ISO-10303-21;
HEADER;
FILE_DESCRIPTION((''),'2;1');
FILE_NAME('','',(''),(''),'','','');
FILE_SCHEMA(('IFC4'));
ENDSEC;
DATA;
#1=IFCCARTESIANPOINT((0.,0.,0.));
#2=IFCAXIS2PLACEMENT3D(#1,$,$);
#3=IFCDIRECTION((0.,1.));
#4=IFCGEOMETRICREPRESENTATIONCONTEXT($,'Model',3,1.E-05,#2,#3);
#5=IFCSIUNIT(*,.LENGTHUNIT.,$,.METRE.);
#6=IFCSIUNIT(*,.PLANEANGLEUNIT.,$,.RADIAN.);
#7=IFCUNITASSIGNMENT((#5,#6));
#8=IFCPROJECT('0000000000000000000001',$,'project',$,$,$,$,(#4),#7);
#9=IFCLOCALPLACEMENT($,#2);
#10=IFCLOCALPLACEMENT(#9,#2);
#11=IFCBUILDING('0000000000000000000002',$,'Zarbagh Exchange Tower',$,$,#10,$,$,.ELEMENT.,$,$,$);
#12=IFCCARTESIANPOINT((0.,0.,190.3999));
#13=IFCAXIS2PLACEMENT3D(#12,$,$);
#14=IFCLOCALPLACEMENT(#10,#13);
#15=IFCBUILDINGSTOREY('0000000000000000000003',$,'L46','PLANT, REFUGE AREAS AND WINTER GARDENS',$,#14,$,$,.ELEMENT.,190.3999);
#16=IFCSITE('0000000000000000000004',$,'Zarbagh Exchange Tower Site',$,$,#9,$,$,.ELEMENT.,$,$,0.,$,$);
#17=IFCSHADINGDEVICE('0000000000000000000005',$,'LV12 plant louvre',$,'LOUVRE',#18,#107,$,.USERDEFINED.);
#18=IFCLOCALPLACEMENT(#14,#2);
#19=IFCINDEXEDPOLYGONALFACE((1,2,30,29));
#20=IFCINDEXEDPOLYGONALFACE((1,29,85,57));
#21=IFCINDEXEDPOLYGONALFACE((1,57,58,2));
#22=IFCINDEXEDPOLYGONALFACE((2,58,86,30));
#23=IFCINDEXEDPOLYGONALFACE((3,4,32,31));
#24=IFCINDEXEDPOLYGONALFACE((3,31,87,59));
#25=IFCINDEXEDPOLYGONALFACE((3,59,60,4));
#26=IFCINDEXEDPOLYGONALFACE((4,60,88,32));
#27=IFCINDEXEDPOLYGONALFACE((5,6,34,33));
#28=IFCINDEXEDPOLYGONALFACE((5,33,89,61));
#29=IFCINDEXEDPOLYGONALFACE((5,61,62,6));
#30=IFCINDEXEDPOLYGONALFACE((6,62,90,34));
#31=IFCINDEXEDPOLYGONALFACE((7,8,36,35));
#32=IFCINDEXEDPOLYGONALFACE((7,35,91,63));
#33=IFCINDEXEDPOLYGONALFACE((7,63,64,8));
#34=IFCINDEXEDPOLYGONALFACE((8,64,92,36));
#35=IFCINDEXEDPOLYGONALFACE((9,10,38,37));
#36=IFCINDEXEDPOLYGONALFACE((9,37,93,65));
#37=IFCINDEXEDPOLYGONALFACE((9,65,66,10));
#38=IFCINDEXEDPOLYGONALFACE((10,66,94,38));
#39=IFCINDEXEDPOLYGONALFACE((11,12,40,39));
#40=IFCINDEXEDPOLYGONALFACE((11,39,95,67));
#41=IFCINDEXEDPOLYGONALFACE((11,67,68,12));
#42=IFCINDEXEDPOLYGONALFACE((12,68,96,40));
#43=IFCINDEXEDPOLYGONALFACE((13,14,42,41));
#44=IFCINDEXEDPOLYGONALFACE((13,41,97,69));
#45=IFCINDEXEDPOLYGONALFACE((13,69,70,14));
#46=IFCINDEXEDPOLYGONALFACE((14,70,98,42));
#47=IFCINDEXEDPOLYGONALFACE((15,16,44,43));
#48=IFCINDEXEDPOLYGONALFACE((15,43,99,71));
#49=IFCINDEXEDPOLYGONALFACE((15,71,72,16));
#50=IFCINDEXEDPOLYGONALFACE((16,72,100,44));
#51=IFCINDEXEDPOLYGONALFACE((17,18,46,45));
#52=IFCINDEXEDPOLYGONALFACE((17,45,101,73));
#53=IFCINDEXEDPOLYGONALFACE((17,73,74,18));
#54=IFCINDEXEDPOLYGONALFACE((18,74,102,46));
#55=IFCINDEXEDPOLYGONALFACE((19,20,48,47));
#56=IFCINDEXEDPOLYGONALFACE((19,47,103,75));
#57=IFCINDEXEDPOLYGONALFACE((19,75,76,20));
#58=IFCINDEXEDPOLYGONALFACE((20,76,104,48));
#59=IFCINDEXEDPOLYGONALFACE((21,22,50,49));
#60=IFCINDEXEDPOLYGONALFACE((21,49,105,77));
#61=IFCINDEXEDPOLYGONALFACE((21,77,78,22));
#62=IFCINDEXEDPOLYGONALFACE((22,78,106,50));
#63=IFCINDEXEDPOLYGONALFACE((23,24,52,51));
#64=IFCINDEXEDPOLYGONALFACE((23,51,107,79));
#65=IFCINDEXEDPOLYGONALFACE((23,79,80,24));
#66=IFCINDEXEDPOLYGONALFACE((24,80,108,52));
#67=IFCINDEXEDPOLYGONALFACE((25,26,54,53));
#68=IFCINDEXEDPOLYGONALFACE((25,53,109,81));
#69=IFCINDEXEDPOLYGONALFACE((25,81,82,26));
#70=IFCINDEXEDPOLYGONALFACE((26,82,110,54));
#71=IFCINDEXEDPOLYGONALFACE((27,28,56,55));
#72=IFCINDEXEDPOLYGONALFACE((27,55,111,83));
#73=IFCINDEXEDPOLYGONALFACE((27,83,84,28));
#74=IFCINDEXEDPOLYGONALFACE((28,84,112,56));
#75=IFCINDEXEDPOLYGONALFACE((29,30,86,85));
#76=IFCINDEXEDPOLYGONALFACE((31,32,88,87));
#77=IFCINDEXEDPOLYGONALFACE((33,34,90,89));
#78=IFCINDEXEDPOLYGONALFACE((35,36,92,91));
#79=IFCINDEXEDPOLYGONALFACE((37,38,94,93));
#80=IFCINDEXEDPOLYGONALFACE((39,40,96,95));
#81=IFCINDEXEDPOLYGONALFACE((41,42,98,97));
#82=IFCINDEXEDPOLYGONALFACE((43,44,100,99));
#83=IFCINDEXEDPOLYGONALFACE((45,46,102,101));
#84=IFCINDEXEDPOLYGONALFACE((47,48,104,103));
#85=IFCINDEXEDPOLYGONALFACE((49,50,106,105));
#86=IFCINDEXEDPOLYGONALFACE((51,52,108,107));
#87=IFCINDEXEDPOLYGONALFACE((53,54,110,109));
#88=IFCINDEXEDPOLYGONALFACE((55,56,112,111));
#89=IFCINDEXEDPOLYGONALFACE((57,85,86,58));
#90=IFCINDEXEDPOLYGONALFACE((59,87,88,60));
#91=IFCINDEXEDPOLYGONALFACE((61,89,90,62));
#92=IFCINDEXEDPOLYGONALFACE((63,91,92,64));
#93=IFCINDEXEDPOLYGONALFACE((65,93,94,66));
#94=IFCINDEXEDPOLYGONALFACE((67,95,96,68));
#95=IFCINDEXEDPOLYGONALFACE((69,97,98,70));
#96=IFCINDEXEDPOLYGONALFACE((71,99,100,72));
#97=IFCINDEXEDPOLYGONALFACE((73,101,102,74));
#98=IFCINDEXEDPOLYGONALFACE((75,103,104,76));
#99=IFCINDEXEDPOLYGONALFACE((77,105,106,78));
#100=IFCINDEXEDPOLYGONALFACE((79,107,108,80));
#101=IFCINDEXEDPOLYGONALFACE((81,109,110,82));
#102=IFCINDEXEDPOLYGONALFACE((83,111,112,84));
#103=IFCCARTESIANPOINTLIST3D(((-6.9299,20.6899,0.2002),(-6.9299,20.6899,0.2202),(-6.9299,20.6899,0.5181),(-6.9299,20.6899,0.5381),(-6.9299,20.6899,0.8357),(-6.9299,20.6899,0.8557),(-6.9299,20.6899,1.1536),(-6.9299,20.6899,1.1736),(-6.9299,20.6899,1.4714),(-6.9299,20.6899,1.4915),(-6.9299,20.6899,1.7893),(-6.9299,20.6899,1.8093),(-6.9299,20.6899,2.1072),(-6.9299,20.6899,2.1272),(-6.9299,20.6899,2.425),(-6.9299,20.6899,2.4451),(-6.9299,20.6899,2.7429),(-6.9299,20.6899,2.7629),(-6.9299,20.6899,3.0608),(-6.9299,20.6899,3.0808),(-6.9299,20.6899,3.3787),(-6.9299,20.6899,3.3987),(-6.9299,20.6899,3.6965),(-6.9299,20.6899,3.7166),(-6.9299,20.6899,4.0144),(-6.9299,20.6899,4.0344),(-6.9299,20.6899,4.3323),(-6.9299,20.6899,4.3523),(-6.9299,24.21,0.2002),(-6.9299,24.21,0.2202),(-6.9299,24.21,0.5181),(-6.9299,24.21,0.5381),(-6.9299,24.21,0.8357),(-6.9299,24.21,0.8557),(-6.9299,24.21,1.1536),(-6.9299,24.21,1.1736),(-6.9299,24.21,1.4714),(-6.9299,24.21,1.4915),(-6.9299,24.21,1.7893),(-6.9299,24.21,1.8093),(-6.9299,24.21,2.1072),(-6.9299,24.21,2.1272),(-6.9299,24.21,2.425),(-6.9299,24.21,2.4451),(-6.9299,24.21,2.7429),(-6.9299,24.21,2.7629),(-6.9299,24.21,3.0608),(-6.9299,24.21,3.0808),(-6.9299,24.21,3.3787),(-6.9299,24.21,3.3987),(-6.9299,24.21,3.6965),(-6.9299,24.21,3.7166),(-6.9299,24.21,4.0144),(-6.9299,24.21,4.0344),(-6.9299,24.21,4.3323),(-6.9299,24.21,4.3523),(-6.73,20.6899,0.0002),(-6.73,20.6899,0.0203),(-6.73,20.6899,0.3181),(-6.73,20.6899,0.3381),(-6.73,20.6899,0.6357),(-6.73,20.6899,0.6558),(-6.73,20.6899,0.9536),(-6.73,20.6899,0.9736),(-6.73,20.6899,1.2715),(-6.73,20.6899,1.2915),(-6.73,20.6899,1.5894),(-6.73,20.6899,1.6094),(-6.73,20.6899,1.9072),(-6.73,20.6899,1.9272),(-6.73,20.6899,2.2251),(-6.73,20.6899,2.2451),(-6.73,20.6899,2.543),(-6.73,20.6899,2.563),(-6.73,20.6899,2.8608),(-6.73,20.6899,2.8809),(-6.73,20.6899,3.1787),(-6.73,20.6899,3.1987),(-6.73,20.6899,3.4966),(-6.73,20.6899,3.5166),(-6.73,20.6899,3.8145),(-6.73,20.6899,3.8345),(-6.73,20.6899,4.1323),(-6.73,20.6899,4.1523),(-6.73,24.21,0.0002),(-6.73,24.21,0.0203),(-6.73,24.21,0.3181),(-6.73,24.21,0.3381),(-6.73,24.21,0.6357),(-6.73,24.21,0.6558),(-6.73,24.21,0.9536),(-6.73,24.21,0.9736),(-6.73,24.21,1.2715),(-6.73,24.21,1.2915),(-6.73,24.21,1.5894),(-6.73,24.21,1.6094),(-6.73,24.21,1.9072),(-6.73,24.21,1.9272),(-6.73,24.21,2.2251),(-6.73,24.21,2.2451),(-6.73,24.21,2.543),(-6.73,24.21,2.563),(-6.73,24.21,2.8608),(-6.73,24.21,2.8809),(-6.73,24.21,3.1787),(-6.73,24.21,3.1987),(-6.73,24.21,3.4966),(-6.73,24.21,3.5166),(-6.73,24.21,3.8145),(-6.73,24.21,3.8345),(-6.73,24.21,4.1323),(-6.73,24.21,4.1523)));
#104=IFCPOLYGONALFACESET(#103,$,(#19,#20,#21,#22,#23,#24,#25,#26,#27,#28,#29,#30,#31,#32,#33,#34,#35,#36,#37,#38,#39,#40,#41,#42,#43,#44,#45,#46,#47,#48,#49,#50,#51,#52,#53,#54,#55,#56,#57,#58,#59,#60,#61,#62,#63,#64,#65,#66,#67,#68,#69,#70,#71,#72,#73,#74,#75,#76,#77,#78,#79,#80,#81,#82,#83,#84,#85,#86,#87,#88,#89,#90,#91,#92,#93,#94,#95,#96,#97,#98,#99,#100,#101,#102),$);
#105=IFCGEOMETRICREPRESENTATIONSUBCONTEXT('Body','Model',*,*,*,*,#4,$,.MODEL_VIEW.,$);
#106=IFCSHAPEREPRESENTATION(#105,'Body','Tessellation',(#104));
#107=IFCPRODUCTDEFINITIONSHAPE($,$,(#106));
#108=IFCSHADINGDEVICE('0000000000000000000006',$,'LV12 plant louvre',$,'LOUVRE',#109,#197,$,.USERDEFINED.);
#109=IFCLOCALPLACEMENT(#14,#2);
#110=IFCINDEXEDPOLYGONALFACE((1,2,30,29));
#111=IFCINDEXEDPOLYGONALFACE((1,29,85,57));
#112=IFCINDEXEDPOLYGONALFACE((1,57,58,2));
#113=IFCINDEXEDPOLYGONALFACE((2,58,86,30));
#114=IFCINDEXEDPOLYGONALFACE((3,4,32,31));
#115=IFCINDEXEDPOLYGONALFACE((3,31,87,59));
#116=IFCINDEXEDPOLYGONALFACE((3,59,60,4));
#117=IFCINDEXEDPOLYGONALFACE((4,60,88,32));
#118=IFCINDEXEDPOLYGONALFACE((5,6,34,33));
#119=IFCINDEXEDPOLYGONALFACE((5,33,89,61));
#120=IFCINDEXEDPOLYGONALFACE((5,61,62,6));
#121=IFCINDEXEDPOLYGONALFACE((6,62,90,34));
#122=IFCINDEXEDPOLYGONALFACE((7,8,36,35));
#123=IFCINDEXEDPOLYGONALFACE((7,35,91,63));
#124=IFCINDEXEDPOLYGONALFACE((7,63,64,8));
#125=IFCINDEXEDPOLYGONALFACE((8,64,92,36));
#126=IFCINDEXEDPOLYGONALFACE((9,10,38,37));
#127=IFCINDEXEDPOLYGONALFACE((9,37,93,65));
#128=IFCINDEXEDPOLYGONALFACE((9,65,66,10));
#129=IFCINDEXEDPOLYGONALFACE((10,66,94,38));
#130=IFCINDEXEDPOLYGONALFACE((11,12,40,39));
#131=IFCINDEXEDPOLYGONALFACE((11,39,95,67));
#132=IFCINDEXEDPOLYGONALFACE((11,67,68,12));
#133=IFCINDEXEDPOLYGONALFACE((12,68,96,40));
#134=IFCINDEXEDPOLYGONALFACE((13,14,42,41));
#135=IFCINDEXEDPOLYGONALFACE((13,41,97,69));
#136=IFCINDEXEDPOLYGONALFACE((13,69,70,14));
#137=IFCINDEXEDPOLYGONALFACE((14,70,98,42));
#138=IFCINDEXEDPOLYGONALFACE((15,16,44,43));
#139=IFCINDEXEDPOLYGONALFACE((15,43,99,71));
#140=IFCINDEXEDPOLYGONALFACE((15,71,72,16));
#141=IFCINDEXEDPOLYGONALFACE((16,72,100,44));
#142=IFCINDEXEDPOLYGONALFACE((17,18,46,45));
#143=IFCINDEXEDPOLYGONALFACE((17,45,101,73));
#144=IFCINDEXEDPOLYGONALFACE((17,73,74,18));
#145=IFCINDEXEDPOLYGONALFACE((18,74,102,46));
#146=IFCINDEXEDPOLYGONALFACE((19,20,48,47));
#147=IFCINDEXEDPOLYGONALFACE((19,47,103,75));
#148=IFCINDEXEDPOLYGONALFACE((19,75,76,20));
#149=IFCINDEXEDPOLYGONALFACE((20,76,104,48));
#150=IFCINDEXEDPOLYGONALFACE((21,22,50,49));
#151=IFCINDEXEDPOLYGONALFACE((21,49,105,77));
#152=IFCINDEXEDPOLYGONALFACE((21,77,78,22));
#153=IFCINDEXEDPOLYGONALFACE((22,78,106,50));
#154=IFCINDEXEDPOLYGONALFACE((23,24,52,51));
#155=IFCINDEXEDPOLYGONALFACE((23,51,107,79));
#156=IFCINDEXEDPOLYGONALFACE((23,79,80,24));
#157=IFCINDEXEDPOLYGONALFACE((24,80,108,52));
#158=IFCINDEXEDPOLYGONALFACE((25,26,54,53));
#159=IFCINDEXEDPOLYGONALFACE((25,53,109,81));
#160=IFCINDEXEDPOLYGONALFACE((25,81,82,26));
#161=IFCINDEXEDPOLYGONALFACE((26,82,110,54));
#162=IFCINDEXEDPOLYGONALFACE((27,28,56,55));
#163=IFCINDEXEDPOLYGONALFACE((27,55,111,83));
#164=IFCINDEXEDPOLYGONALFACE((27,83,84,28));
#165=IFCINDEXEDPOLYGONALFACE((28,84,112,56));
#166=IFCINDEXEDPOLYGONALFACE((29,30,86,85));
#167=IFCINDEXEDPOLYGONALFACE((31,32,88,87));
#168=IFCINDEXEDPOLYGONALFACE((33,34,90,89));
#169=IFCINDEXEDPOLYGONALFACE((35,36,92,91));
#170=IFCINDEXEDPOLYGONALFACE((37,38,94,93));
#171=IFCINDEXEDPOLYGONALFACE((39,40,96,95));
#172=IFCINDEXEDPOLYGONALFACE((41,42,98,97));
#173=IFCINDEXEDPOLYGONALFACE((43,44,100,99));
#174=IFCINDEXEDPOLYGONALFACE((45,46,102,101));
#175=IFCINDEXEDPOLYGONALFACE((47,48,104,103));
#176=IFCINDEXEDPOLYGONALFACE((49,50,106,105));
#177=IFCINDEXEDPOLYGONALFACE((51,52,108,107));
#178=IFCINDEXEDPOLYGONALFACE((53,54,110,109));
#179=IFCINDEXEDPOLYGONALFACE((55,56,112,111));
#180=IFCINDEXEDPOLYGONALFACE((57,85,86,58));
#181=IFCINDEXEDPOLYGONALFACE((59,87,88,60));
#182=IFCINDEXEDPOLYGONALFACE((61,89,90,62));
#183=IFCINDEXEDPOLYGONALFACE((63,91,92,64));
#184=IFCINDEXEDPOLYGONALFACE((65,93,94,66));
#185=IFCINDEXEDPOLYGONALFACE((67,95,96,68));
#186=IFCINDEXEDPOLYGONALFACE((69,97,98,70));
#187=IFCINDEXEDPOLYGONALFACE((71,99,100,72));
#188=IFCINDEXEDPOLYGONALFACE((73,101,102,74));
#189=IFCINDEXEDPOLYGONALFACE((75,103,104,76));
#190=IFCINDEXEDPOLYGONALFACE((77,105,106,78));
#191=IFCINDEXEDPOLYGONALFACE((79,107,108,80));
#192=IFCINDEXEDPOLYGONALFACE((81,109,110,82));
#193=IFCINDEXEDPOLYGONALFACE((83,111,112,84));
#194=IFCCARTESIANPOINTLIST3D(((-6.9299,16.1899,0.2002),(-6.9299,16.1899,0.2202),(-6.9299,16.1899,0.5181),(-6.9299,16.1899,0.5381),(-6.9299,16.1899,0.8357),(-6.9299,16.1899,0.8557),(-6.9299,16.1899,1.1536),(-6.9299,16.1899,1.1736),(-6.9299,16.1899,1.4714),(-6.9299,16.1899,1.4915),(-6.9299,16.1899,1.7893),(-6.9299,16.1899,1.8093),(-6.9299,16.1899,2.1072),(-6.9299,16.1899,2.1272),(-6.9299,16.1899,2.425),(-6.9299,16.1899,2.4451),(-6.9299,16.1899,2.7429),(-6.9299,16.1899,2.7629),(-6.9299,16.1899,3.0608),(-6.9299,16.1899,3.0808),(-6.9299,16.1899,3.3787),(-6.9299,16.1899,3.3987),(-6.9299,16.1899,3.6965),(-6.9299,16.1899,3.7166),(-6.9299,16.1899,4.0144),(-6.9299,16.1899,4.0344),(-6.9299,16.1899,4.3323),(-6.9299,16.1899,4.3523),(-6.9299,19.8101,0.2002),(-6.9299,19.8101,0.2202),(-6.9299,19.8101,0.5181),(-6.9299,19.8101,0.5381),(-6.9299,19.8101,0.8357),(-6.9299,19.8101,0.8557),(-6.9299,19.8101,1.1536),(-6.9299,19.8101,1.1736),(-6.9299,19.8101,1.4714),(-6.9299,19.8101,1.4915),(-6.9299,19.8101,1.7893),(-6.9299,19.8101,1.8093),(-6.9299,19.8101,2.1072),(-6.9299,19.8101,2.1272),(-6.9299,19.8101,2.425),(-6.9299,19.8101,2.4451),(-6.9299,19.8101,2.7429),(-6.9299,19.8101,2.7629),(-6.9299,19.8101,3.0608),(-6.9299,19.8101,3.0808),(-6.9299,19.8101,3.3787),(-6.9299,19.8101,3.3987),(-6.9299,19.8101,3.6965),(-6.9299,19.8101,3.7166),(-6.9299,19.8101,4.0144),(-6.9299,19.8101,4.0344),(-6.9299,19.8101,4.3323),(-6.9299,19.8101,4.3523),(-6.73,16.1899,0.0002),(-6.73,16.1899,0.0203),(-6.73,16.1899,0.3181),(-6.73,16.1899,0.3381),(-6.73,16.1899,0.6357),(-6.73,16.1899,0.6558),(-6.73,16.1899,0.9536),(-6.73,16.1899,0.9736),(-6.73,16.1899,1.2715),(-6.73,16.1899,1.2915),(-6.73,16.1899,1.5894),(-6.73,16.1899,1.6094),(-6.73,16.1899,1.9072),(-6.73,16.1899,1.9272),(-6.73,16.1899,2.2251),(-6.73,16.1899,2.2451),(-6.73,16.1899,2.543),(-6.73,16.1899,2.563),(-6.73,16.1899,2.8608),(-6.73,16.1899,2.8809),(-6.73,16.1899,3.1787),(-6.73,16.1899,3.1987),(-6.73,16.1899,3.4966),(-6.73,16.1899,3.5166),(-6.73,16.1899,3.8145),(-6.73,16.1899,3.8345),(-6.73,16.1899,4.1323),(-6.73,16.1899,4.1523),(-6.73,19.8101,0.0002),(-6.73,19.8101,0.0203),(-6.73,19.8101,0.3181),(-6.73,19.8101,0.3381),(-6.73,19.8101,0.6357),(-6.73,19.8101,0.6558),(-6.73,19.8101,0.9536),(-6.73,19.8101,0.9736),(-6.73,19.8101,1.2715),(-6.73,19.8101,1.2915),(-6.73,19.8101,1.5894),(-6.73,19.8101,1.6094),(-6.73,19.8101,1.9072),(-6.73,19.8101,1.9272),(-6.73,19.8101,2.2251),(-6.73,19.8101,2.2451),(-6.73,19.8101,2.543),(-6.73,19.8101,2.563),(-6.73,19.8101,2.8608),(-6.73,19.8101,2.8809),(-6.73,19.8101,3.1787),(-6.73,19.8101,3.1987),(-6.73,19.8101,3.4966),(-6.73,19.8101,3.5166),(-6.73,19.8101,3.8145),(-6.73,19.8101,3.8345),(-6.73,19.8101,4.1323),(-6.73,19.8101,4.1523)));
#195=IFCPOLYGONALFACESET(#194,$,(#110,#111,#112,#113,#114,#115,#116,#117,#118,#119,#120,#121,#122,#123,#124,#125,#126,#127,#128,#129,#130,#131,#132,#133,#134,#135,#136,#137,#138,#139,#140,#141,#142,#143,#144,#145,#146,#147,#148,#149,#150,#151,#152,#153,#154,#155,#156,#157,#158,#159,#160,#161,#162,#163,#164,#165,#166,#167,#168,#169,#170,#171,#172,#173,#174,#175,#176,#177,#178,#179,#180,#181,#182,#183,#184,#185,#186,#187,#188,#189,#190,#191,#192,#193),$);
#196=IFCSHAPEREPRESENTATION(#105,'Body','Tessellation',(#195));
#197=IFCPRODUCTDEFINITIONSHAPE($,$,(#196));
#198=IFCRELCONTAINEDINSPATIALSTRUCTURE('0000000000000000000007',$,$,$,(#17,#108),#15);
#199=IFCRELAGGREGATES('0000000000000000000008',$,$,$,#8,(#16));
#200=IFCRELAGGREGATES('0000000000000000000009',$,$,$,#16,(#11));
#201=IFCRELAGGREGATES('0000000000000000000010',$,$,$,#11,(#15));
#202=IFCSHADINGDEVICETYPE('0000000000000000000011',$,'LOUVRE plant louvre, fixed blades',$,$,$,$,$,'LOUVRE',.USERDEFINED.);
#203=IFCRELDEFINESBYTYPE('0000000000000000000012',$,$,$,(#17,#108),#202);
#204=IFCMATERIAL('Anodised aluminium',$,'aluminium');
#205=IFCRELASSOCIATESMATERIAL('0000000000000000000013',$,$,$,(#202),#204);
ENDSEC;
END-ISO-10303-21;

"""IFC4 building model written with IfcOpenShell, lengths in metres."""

from ifc_helpers import new_model, si_unit, direction, frame, origin, place, context, subcontext, project, spatial, polyline, outline, extrude, source, transform, mapped, material, type_object, element, save


model = new_model("IFC4")

# Units and contexts
model_context = context("Model", 3, precision=1e-05, world=origin(), true_north=direction((0.0, 1.0)))
body_context = subcontext(model_context, "Body", "Model", "MODEL_VIEW")
ifc_project = project(units=[si_unit("LENGTHUNIT", "METRE"), si_unit("PLANEANGLEUNIT", "RADIAN")], contexts=[model_context])

# Site, building, storey
site_placement = place(None, origin())
site = spatial("IfcSite", under=ifc_project, at=site_placement, Name="Zarbagh Exchange Tower Site", CompositionType="ELEMENT", RefElevation=0.0)
building_placement = place(site_placement, origin())
building = spatial("IfcBuilding", under=site, at=building_placement, Name="Zarbagh Exchange Tower", CompositionType="ELEMENT")
storey_placement = place(building_placement, frame((0.0, 0.0, 190.3999)))
storey = spatial("IfcBuildingStorey", under=building, at=storey_placement, Name="L46", Description="PLANT, REFUGE AREAS AND WINTER GARDENS", CompositionType="ELEMENT", Elevation=190.3999)

# Shared definitions
placement = place(storey_placement, origin())

# Shading device
ifc_material_1 = material(Name="Anodised aluminium", Category="aluminium")
shading_device_type = type_object("IfcShadingDeviceType", Name="LOUVRE plant louvre, fixed blades", ElementType="LOUVRE", PredefinedType="USERDEFINED", material=ifc_material_1)
shared_shape_1 = source(origin(), body_context, "Body", "SweptSolid", [
    extrude(outline(polyline([(0.0, 0.2), (0.2, 0.0), (0.2, -0.02), (0.0, 0.1799), (0.0, 0.2)])), origin(), (0.0, 0.0, 1.0), 3.52),
])
element("IfcShadingDevice", 1, at=placement, inside=storey, type_object=shading_device_type, Name="LV12 plant louvre", ObjectType="LOUVRE", PredefinedType="USERDEFINED", context=body_context, shape_type="MappedRepresentation", body=[
    mapped(shared_shape_1, transform((-6.73, 24.21, 0.2002), x_axis=(-1.0, 0.0, 0.0), y_axis=(0.0, 0.0, -1.0), z_axis=(0.0, -1.0, 0.0))),
    mapped(shared_shape_1, transform((-6.73, 24.21, 0.5181), x_axis=(-1.0, 0.0, 0.0), y_axis=(0.0, 0.0, -1.0), z_axis=(0.0, -1.0, 0.0))),
    mapped(shared_shape_1, transform((-6.73, 24.21, 0.8357), x_axis=(-1.0, 0.0, 0.0), y_axis=(0.0, 0.0, -1.0), z_axis=(0.0, -1.0, 0.0))),
    mapped(shared_shape_1, transform((-6.73, 24.21, 1.1536), x_axis=(-1.0, 0.0, 0.0), y_axis=(0.0, 0.0, -1.0), z_axis=(0.0, -1.0, 0.0))),
    mapped(shared_shape_1, transform((-6.73, 24.21, 1.4714), x_axis=(-1.0, 0.0, 0.0), y_axis=(0.0, 0.0, -1.0), z_axis=(0.0, -1.0, 0.0))),
    mapped(shared_shape_1, transform((-6.73, 24.21, 1.7893), x_axis=(-1.0, 0.0, 0.0), y_axis=(0.0, 0.0, -1.0), z_axis=(0.0, -1.0, 0.0))),
    mapped(shared_shape_1, transform((-6.73, 24.21, 2.1072), x_axis=(-1.0, 0.0, 0.0), y_axis=(0.0, 0.0, -1.0), z_axis=(0.0, -1.0, 0.0))),
    mapped(shared_shape_1, transform((-6.73, 24.21, 2.425), x_axis=(-1.0, 0.0, 0.0), y_axis=(0.0, 0.0, -1.0), z_axis=(0.0, -1.0, 0.0))),
    mapped(shared_shape_1, transform((-6.73, 24.21, 2.7429), x_axis=(-1.0, 0.0, 0.0), y_axis=(0.0, 0.0, -1.0), z_axis=(0.0, -1.0, 0.0))),
    mapped(shared_shape_1, transform((-6.73, 24.21, 3.0608), x_axis=(-1.0, 0.0, 0.0), y_axis=(0.0, 0.0, -1.0), z_axis=(0.0, -1.0, 0.0))),
    mapped(shared_shape_1, transform((-6.73, 24.21, 3.3787), x_axis=(-1.0, 0.0, 0.0), y_axis=(0.0, 0.0, -1.0), z_axis=(0.0, -1.0, 0.0))),
    mapped(shared_shape_1, transform((-6.73, 24.21, 3.6965), x_axis=(-1.0, 0.0, 0.0), y_axis=(0.0, 0.0, -1.0), z_axis=(0.0, -1.0, 0.0))),
    mapped(shared_shape_1, transform((-6.73, 24.21, 4.0144), x_axis=(-1.0, 0.0, 0.0), y_axis=(0.0, 0.0, -1.0), z_axis=(0.0, -1.0, 0.0))),
    mapped(shared_shape_1, transform((-6.73, 24.21, 4.3323), x_axis=(-1.0, 0.0, 0.0), y_axis=(0.0, 0.0, -1.0), z_axis=(0.0, -1.0, 0.0))),
])

# Shading device
shared_shape_2 = source(origin(), body_context, "Body", "SweptSolid", [
    extrude(outline(polyline([(0.0, 0.2), (0.2, 0.0), (0.2, -0.02), (0.0, 0.1799), (0.0, 0.2)])), origin(), (0.0, 0.0, 1.0), 3.6201),
])
element("IfcShadingDevice", 2, at=placement, inside=storey, type_object=shading_device_type, Name="LV12 plant louvre", ObjectType="LOUVRE", PredefinedType="USERDEFINED", context=body_context, shape_type="MappedRepresentation", body=[
    mapped(shared_shape_2, transform((-6.73, 19.8101, 0.2002), x_axis=(-1.0, 0.0, 0.0), y_axis=(0.0, 0.0, -1.0), z_axis=(0.0, -1.0, 0.0))),
    mapped(shared_shape_2, transform((-6.73, 19.8101, 0.5181), x_axis=(-1.0, 0.0, 0.0), y_axis=(0.0, 0.0, -1.0), z_axis=(0.0, -1.0, 0.0))),
    mapped(shared_shape_2, transform((-6.73, 19.8101, 0.8357), x_axis=(-1.0, 0.0, 0.0), y_axis=(0.0, 0.0, -1.0), z_axis=(0.0, -1.0, 0.0))),
    mapped(shared_shape_2, transform((-6.73, 19.8101, 1.1536), x_axis=(-1.0, 0.0, 0.0), y_axis=(0.0, 0.0, -1.0), z_axis=(0.0, -1.0, 0.0))),
    mapped(shared_shape_2, transform((-6.73, 19.8101, 1.4714), x_axis=(-1.0, 0.0, 0.0), y_axis=(0.0, 0.0, -1.0), z_axis=(0.0, -1.0, 0.0))),
    mapped(shared_shape_2, transform((-6.73, 19.8101, 1.7893), x_axis=(-1.0, 0.0, 0.0), y_axis=(0.0, 0.0, -1.0), z_axis=(0.0, -1.0, 0.0))),
    mapped(shared_shape_2, transform((-6.73, 19.8101, 2.1072), x_axis=(-1.0, 0.0, 0.0), y_axis=(0.0, 0.0, -1.0), z_axis=(0.0, -1.0, 0.0))),
    mapped(shared_shape_2, transform((-6.73, 19.8101, 2.425), x_axis=(-1.0, 0.0, 0.0), y_axis=(0.0, 0.0, -1.0), z_axis=(0.0, -1.0, 0.0))),
    mapped(shared_shape_2, transform((-6.73, 19.8101, 2.7429), x_axis=(-1.0, 0.0, 0.0), y_axis=(0.0, 0.0, -1.0), z_axis=(0.0, -1.0, 0.0))),
    mapped(shared_shape_2, transform((-6.73, 19.8101, 3.0608), x_axis=(-1.0, 0.0, 0.0), y_axis=(0.0, 0.0, -1.0), z_axis=(0.0, -1.0, 0.0))),
    mapped(shared_shape_2, transform((-6.73, 19.8101, 3.3787), x_axis=(-1.0, 0.0, 0.0), y_axis=(0.0, 0.0, -1.0), z_axis=(0.0, -1.0, 0.0))),
    mapped(shared_shape_2, transform((-6.73, 19.8101, 3.6965), x_axis=(-1.0, 0.0, 0.0), y_axis=(0.0, 0.0, -1.0), z_axis=(0.0, -1.0, 0.0))),
    mapped(shared_shape_2, transform((-6.73, 19.8101, 4.0144), x_axis=(-1.0, 0.0, 0.0), y_axis=(0.0, 0.0, -1.0), z_axis=(0.0, -1.0, 0.0))),
    mapped(shared_shape_2, transform((-6.73, 19.8101, 4.3323), x_axis=(-1.0, 0.0, 0.0), y_axis=(0.0, 0.0, -1.0), z_axis=(0.0, -1.0, 0.0))),
])

save(model, "model.ifc")
